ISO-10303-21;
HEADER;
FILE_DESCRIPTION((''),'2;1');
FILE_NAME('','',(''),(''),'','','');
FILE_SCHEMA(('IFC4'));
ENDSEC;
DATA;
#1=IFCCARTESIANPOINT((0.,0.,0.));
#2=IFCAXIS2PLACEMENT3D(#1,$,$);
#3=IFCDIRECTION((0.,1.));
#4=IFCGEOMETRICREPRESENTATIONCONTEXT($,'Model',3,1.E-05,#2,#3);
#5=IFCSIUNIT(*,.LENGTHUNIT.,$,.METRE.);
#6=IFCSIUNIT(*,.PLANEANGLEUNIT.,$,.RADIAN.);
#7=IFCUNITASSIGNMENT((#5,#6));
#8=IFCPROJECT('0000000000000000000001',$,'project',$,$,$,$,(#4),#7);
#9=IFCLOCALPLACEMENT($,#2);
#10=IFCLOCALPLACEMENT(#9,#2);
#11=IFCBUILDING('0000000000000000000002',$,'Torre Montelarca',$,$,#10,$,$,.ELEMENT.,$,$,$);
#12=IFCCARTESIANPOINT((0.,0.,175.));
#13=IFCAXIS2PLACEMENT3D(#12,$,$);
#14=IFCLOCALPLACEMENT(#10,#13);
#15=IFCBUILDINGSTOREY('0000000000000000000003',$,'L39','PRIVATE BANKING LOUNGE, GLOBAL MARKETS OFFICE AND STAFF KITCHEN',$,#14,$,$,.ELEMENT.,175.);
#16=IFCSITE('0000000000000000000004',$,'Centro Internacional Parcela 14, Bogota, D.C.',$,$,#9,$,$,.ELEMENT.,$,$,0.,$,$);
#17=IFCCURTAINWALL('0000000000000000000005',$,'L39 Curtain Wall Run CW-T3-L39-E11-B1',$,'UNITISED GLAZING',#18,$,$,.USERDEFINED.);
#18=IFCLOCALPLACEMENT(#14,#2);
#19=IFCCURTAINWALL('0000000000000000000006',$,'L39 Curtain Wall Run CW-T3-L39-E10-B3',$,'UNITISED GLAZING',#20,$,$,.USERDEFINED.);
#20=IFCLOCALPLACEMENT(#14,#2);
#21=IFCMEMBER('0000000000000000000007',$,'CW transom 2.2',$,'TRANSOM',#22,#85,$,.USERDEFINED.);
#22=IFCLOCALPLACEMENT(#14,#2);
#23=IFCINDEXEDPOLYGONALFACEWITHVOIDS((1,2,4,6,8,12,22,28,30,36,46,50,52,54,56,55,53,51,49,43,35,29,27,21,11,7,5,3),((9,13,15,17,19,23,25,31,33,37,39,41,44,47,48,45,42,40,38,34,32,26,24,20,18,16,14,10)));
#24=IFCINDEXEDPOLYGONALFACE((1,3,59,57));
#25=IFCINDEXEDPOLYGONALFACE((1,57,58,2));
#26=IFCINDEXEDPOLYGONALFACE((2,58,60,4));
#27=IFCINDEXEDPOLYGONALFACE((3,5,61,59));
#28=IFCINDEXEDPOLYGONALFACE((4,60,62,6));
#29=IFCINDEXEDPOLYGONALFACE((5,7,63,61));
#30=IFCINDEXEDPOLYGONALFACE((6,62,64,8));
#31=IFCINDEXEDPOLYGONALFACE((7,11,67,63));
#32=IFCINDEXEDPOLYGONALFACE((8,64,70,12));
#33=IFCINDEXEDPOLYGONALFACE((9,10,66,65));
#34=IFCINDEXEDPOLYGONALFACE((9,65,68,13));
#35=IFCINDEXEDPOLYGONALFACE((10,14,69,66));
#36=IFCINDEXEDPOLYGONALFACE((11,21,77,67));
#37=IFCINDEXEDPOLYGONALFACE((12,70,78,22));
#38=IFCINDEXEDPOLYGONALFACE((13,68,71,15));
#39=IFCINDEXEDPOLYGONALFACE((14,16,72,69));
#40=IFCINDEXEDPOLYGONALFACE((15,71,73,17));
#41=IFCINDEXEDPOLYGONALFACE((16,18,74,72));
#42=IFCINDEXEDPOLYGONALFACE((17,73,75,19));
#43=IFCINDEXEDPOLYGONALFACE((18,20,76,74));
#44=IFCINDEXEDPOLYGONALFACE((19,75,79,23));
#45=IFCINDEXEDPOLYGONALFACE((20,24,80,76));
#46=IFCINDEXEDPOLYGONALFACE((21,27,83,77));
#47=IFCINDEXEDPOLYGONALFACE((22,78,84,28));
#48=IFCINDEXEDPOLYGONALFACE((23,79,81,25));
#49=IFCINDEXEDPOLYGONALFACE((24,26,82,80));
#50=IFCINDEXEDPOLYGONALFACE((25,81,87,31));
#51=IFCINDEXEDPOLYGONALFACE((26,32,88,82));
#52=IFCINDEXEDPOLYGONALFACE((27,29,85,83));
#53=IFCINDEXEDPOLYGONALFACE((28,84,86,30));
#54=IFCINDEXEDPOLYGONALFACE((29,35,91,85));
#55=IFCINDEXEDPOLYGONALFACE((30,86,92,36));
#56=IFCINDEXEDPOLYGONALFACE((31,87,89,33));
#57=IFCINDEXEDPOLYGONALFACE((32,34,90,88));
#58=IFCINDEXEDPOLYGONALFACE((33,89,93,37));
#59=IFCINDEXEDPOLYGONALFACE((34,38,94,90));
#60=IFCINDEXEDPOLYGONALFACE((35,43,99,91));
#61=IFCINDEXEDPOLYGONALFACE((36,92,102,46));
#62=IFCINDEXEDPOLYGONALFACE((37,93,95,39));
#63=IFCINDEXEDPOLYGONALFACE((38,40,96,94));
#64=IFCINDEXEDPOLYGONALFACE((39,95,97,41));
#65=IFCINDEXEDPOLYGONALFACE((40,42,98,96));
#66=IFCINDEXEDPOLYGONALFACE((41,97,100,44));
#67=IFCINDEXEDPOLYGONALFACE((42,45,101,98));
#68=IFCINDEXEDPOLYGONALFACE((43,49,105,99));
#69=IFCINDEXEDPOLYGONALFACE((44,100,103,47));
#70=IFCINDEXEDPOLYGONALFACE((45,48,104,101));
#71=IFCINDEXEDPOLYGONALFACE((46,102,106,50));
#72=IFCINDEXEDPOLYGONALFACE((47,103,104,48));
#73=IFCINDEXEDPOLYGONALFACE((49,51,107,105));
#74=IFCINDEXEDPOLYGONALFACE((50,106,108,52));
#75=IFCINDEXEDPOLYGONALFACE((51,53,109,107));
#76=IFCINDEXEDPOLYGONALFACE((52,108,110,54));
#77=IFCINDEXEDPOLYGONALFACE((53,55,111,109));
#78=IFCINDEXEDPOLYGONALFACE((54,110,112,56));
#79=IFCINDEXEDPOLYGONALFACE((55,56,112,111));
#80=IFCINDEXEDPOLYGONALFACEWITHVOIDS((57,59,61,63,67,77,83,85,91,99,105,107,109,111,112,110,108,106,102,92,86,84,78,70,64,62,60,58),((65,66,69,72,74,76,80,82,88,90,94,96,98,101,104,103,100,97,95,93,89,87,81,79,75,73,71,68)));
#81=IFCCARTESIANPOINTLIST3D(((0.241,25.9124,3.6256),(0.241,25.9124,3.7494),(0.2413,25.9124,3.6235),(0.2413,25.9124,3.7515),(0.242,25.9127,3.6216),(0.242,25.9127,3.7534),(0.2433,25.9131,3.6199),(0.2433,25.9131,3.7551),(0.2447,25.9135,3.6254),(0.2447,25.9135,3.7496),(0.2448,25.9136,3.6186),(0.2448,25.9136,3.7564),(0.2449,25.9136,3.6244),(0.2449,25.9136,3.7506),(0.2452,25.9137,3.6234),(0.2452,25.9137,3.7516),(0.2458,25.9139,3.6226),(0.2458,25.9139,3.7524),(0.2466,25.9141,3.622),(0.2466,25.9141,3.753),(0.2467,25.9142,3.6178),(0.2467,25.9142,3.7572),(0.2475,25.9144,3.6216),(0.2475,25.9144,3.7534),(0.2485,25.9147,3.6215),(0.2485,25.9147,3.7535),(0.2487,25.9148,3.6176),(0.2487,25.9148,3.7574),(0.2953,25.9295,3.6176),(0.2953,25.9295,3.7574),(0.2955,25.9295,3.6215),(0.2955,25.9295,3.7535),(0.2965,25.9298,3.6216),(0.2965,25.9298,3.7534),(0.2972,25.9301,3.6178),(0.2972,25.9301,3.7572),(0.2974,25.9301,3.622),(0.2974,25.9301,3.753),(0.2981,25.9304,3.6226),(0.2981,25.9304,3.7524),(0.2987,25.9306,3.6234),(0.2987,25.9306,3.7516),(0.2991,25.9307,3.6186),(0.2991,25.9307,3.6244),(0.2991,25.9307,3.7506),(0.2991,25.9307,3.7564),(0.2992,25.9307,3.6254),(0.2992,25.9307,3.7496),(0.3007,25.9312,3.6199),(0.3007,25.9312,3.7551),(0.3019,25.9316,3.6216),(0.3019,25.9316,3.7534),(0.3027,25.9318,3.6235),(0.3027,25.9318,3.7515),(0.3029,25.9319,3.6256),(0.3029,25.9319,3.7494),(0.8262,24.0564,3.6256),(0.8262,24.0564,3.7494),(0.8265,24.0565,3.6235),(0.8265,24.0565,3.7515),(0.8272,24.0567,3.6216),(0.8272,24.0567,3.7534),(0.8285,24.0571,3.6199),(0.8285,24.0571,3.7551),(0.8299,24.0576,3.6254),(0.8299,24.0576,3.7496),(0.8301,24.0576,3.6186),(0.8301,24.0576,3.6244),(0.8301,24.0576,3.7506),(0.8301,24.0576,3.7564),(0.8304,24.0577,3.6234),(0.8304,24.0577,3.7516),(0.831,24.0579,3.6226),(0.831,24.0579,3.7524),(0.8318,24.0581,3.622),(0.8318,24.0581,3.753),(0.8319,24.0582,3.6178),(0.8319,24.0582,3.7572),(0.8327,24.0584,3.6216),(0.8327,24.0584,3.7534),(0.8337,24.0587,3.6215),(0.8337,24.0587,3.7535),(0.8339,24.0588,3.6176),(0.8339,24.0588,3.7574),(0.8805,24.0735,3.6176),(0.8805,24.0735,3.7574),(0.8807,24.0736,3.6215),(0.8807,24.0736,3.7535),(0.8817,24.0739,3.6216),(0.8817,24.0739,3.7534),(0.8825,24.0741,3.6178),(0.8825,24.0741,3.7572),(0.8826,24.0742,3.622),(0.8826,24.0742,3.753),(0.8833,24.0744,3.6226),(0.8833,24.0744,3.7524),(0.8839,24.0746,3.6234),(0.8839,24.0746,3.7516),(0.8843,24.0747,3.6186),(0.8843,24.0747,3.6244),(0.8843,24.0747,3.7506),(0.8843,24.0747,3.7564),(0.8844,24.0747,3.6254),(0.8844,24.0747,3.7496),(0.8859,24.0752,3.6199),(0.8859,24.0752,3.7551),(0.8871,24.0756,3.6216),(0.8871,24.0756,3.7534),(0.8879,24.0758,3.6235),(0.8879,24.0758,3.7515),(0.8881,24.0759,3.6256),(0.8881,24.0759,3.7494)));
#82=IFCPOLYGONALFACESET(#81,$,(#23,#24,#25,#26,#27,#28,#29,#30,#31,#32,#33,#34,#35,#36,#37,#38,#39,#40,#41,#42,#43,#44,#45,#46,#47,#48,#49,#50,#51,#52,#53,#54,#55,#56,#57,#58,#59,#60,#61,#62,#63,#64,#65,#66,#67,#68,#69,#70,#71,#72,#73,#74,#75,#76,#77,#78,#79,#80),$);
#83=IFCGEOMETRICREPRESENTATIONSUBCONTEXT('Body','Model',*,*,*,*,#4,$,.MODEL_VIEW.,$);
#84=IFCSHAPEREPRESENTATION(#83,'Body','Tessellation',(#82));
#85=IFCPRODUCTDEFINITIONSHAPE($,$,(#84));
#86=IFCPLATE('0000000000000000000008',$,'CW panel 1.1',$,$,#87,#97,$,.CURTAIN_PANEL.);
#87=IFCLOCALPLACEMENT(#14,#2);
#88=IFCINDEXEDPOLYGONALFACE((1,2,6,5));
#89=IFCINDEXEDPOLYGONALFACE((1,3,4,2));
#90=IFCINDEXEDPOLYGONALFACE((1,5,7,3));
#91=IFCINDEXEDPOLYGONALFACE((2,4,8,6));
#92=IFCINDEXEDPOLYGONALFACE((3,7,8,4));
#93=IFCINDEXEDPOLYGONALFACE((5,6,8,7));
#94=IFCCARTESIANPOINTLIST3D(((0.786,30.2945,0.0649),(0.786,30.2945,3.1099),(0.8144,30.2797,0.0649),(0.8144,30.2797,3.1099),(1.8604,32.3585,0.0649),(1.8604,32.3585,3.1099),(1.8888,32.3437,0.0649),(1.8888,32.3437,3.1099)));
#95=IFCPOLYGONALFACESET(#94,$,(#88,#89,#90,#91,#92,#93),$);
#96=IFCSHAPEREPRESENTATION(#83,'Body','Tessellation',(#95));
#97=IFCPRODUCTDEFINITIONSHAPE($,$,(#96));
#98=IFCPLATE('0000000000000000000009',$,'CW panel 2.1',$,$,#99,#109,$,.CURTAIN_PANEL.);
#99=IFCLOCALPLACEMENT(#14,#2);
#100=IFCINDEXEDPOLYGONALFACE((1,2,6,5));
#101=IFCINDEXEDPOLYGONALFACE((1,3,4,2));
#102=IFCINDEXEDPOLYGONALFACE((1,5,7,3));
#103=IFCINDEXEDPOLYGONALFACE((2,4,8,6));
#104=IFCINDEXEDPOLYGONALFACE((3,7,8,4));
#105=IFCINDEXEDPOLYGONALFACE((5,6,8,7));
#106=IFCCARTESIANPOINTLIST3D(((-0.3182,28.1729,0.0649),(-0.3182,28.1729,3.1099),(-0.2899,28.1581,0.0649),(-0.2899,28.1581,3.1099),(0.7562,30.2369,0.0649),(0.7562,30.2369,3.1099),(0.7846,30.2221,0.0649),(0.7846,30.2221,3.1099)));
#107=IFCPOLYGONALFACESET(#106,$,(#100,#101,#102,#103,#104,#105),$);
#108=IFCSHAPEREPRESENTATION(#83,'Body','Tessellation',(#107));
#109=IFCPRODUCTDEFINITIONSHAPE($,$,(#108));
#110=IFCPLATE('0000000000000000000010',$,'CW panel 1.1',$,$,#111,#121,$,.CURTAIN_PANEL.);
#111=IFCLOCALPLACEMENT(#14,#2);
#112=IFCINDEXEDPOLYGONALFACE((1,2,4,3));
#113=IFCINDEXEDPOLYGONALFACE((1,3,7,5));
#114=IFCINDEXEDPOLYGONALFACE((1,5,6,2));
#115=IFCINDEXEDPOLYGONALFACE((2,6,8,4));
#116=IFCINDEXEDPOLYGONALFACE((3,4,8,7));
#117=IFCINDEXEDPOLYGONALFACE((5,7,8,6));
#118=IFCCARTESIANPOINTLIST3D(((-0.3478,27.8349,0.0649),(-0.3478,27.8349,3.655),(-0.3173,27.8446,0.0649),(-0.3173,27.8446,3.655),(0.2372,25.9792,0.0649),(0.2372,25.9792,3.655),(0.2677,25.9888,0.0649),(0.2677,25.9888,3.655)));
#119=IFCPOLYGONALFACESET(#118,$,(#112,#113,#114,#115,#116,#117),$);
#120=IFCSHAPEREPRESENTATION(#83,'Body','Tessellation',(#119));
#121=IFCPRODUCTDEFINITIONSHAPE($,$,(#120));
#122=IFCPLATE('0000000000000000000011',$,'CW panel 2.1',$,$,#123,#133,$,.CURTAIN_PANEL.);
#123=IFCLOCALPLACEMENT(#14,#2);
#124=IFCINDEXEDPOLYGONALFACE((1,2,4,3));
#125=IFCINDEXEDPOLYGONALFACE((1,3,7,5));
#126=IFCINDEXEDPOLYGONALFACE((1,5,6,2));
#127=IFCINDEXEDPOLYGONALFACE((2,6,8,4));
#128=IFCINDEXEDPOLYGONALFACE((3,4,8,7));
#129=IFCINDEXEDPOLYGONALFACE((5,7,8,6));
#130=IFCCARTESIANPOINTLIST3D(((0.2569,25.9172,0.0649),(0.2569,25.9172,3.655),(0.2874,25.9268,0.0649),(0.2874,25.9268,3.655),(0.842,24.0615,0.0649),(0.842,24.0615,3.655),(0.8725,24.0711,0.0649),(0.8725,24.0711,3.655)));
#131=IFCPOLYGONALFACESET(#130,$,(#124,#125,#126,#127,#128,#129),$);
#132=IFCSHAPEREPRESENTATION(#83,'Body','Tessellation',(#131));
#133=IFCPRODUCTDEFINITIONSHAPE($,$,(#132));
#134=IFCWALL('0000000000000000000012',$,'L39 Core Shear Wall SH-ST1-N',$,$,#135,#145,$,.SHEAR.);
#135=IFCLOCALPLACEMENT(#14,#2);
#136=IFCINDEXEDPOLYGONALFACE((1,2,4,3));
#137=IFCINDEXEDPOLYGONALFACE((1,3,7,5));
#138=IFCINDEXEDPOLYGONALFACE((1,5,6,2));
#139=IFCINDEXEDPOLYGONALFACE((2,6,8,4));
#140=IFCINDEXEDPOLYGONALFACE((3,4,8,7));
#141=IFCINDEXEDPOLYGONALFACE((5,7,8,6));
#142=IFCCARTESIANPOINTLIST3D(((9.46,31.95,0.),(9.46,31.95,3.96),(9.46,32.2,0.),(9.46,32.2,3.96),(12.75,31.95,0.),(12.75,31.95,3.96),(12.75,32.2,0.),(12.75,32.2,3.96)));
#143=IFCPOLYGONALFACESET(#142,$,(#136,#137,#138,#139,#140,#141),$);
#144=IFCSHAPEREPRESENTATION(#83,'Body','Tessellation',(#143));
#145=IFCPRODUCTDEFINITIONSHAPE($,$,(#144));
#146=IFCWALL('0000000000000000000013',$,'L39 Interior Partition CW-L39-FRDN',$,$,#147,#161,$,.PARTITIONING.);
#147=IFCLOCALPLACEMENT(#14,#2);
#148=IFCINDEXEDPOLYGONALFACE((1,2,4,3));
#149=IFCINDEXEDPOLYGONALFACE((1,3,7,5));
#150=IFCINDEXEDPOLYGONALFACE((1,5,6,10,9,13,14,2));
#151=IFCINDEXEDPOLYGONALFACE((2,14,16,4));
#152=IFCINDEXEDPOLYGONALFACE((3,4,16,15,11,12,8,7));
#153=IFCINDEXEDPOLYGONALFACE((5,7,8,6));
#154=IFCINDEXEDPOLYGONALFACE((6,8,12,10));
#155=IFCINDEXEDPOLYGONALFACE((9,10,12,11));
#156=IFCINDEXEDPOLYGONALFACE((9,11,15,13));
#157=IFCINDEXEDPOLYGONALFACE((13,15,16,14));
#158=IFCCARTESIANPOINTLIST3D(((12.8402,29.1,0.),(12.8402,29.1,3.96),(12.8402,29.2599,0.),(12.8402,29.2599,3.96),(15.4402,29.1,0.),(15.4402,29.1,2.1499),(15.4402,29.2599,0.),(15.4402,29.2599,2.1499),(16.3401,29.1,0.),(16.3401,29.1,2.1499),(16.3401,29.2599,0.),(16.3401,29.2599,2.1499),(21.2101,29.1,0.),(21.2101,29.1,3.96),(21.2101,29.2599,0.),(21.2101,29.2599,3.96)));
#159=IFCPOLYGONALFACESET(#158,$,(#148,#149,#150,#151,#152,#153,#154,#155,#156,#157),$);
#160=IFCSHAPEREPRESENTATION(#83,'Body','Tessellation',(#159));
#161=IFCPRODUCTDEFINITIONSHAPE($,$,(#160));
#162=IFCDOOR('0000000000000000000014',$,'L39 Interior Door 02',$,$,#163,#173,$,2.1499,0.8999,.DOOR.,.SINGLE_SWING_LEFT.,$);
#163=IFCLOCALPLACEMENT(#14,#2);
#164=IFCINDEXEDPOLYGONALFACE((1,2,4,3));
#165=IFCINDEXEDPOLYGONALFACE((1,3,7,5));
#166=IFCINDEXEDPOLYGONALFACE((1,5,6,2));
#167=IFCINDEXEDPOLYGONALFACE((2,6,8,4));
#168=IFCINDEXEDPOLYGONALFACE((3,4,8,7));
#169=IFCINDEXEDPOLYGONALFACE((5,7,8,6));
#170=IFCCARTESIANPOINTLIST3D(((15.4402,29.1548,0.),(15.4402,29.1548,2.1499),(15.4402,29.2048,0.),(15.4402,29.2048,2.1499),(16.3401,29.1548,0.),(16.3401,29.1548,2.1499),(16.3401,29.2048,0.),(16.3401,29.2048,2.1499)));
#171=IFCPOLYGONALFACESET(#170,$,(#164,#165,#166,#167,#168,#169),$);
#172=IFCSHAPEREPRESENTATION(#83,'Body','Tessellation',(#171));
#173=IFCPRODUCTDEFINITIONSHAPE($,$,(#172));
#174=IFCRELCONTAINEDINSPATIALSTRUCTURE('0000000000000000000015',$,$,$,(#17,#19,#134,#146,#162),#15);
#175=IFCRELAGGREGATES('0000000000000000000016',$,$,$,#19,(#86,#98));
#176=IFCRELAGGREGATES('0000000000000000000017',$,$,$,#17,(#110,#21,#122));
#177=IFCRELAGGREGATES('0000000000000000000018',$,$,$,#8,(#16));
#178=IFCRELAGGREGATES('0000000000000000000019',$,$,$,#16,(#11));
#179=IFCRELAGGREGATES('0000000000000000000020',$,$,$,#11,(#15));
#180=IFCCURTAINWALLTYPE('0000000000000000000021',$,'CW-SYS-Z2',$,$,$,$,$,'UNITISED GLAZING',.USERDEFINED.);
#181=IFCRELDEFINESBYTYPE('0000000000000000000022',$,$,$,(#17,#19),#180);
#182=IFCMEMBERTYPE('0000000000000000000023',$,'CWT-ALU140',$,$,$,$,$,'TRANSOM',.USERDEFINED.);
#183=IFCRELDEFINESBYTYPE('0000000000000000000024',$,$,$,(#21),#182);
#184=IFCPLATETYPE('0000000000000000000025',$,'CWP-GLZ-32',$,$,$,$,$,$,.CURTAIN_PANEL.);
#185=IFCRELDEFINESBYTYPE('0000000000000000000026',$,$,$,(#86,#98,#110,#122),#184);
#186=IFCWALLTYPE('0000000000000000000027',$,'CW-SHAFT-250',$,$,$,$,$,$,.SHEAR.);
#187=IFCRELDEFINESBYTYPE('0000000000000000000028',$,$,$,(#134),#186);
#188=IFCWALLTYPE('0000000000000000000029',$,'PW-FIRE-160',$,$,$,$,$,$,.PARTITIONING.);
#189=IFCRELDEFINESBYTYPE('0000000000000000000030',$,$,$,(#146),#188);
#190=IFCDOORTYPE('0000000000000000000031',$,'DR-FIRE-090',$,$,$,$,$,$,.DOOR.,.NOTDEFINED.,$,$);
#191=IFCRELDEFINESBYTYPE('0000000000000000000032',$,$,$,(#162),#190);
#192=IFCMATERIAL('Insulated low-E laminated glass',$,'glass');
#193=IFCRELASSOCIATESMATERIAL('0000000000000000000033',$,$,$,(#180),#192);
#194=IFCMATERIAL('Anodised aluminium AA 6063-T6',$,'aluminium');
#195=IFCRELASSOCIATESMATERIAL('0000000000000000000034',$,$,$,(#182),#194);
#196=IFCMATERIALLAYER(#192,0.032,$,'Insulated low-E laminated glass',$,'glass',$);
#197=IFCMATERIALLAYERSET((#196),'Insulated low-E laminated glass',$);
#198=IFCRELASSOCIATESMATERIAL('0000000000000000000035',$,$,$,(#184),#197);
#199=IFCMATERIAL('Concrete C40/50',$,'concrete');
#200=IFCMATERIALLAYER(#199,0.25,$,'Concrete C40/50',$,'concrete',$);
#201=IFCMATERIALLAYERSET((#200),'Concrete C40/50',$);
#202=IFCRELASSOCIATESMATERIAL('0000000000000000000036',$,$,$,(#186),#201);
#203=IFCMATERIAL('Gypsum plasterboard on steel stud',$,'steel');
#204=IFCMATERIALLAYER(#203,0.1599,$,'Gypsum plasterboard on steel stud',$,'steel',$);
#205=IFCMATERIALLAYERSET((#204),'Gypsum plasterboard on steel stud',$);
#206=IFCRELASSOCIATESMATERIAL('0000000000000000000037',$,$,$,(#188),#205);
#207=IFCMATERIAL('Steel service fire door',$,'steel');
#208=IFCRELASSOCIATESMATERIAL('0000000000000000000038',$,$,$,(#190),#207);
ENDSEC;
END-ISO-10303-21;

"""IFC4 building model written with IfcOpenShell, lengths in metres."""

from ifc_helpers import new_model, si_unit, direction, frame, frame_2d, origin, origin_2d, place, context, subcontext, project, spatial, rectangle, hollow_rectangle, extrude, source, transform, mapped, material, layer, layer_set, material_profile, profile_set, type_object, element, fill, aggregate, save


model = new_model("IFC4")

# Units and contexts
model_context = context("Model", 3, precision=1e-05, world=origin(), true_north=direction((0.0, 1.0)))
body_context = subcontext(model_context, "Body", "Model", "MODEL_VIEW")
ifc_project = project(units=[si_unit("LENGTHUNIT", "METRE"), si_unit("PLANEANGLEUNIT", "RADIAN")], contexts=[model_context])

# Site, building, storey
site_placement = place(None, origin())
site = spatial("IfcSite", under=ifc_project, at=site_placement, Name="Centro Internacional Parcela 14, Bogota, D.C.", CompositionType="ELEMENT", RefElevation=0.0)
building_placement = place(site_placement, origin())
building = spatial("IfcBuilding", under=site, at=building_placement, Name="Torre Montelarca", CompositionType="ELEMENT")
storey_placement = place(building_placement, frame((0.0, 0.0, 175.0)))
storey = spatial("IfcBuildingStorey", under=building, at=storey_placement, Name="L39", Description="PRIVATE BANKING LOUNGE, GLOBAL MARKETS OFFICE AND STAFF KITCHEN", CompositionType="ELEMENT", Elevation=175.0)

# Curtain walls
ifc_material_1 = material(Name="Insulated low-E laminated glass", Category="glass")
curtain_wall_type = type_object("IfcCurtainWallType", Name="CW-SYS-Z2", ElementType="UNITISED GLAZING", PredefinedType="USERDEFINED", material=ifc_material_1)
curtain_wall_1_placement = place(storey_placement, origin())
curtain_wall_1 = element("IfcCurtainWall", 1, at=curtain_wall_1_placement, inside=storey, type_object=curtain_wall_type, Name="L39 Curtain Wall Run CW-T3-L39-E11-B1", ObjectType="UNITISED GLAZING", PredefinedType="USERDEFINED")
ifc_material_2 = material(Name="Anodised aluminium AA 6063-T6", Category="aluminium")
curtain_wall_2_placement = place(storey_placement, origin())
curtain_wall_2 = element("IfcCurtainWall", 2, at=curtain_wall_2_placement, inside=storey, type_object=curtain_wall_type, Name="L39 Curtain Wall Run CW-T3-L39-E10-B3", ObjectType="UNITISED GLAZING", PredefinedType="USERDEFINED")
ifc_material_profile_1 = material_profile(ifc_material_2, hollow_rectangle(XDim=0.0649, YDim=0.1399, WallThickness=0.0039, InnerFilletRadius=0.0039, OuterFilletRadius=0.0081, at=origin_2d()), Name="ALU65X140X4", Category="aluminium")
ifc_profile_set_1 = profile_set([ifc_material_profile_1], Name="Anodised aluminium AA 6063-T6")
member_type_1 = type_object("IfcMemberType", Name="CWT-ALU140", ElementType="TRANSOM", PredefinedType="USERDEFINED", material=ifc_profile_set_1)

# Member
shared_shape_1 = source(origin(), body_context, "Body", "SweptSolid", [
    extrude(hollow_rectangle(XDim=0.0649, YDim=0.1399, WallThickness=0.0039, InnerFilletRadius=0.0039, OuterFilletRadius=0.0081, at=origin_2d()), origin(), (0.0, 0.0, 1.0), 1.946),
])
member_1_placement = place(storey_placement, frame((0.272, 25.9221, 3.6875), z_axis=(0.300717, -0.953713, 0.0), x_axis=(0.953713, 0.300717, 0.0)))
member_1 = element("IfcMember", 3, at=member_1_placement, type_object=member_type_1, Name="CW transom 2.2", ObjectType="TRANSOM", PredefinedType="USERDEFINED", context=body_context, shape_type="MappedRepresentation", body=[
    mapped(shared_shape_1, transform((0.0, 0.0, 0.0), scale=1.0)),
])

# Plates
ifc_layer_1 = layer(ifc_material_1, 0.032, Name="Insulated low-E laminated glass", Category="glass")
ifc_layer_set_1 = layer_set([ifc_layer_1], Name="Insulated low-E laminated glass")
plate_type = type_object("IfcPlateType", Name="CWP-GLZ-32", PredefinedType="CURTAIN_PANEL", material=ifc_layer_set_1)
shared_shape_2 = source(origin(), body_context, "Body", "SweptSolid", [
    extrude(rectangle(XDim=2.3269, YDim=0.032, at=origin_2d()), origin(), (0.0, 0.0, 1.0), 3.0449),
])
plate_1_placement = place(storey_placement, frame((1.3374, 31.3191, 0.0649), z_axis=(0.0, 0.0, 1.0), x_axis=(-0.46174, -0.887015, 0.0)))
plate_1 = element("IfcPlate", 4, at=plate_1_placement, type_object=plate_type, Name="CW panel 1.1", PredefinedType="CURTAIN_PANEL", context=body_context, shape_type="MappedRepresentation", body=[
    mapped(shared_shape_2, transform((0.0, 0.0, 0.0), scale=1.0)),
])
plate_2_placement = place(storey_placement, frame((0.2332, 29.1975, 0.0649), z_axis=(0.0, 0.0, 1.0), x_axis=(-0.46174, -0.887015, 0.0)))
plate_2 = element("IfcPlate", 5, at=plate_2_placement, type_object=plate_type, Name="CW panel 2.1", PredefinedType="CURTAIN_PANEL", context=body_context, shape_type="MappedRepresentation", body=[
    mapped(shared_shape_2, transform((0.0, 0.0, 0.0), scale=1.0)),
])
aggregate(curtain_wall_2, [plate_1, plate_2])
shared_shape_3 = source(origin(), body_context, "Body", "SweptSolid", [
    extrude(rectangle(XDim=1.9458, YDim=0.032, at=origin_2d()), origin(), (0.0, 0.0, 1.0), 3.5901),
])
plate_3_placement = place(storey_placement, frame((-0.04, 26.9119, 0.0649), z_axis=(0.0, 0.0, 1.0), x_axis=(0.300682, -0.953725, 0.0)))
plate_3 = element("IfcPlate", 6, at=plate_3_placement, type_object=plate_type, Name="CW panel 1.1", PredefinedType="CURTAIN_PANEL", context=body_context, shape_type="MappedRepresentation", body=[
    mapped(shared_shape_3, transform((0.0, 0.0, 0.0), scale=1.0)),
])
plate_4_placement = place(storey_placement, frame((0.5647, 24.9941, 0.0649), z_axis=(0.0, 0.0, 1.0), x_axis=(0.300682, -0.953725, 0.0)))
plate_4 = element("IfcPlate", 7, at=plate_4_placement, type_object=plate_type, Name="CW panel 2.1", PredefinedType="CURTAIN_PANEL", context=body_context, shape_type="MappedRepresentation", body=[
    mapped(shared_shape_3, transform((0.0, 0.0, 0.0), scale=1.0)),
])
aggregate(curtain_wall_1, [plate_3, member_1, plate_4])

# Wall
ifc_material_3 = material(Name="Concrete C40/50", Category="concrete")
ifc_layer_2 = layer(ifc_material_3, 0.25, Name="Concrete C40/50", Category="concrete")
ifc_layer_set_2 = layer_set([ifc_layer_2], Name="Concrete C40/50")
wall_type_1 = type_object("IfcWallType", Name="CW-SHAFT-250", PredefinedType="SHEAR", material=ifc_layer_set_2)
wall_1_placement = place(storey_placement, frame((9.46, 32.075, 0.0), z_axis=(0.0, 0.0, 1.0), x_axis=(1.0, 0.0, 0.0)))
element("IfcWall", 8, at=wall_1_placement, inside=storey, type_object=wall_type_1, Name="L39 Core Shear Wall SH-ST1-N", PredefinedType="SHEAR", context=body_context, shape_type="SweptSolid", body=[
    extrude(rectangle(XDim=3.29, YDim=0.25, at=frame_2d((1.645, 0.0))), origin(), (0.0, 0.0, 1.0), 3.96),
])

# Wall, opening, door
ifc_material_4 = material(Name="Gypsum plasterboard on steel stud", Category="steel")
ifc_layer_3 = layer(ifc_material_4, 0.1599, Name="Gypsum plasterboard on steel stud", Category="steel")
ifc_layer_set_3 = layer_set([ifc_layer_3], Name="Gypsum plasterboard on steel stud")
wall_type_2 = type_object("IfcWallType", Name="PW-FIRE-160", PredefinedType="PARTITIONING", material=ifc_layer_set_3)
wall_2_placement = place(storey_placement, frame((12.8401, 29.1799, 0.0), z_axis=(0.0, 0.0, 1.0), x_axis=(1.0, 0.0, 0.0)))
wall_2 = element("IfcWall", 9, at=wall_2_placement, inside=storey, type_object=wall_type_2, Name="L39 Interior Partition CW-L39-FRDN", PredefinedType="PARTITIONING", context=body_context, shape_type="SweptSolid", body=[
    extrude(rectangle(XDim=8.3699, YDim=0.1599, at=frame_2d((4.1851, 0.0))), origin(), (0.0, 0.0, 1.0), 3.96),
])
opening_1_placement = place(wall_2_placement, frame((2.6001, 0.0, 0.0)))
opening_1 = element("IfcOpeningElement", 10, at=opening_1_placement, cuts=wall_2, PredefinedType="OPENING", context=body_context, shape_type="SweptSolid", body=[
    extrude(rectangle(XDim=0.8999, YDim=2.1499, at=frame_2d((0.45, 1.075))), frame((0.0, 0.0898, 0.0), z_axis=(0.0, -1.0, 0.0), x_axis=(1.0, 0.0, 0.0)), (0.0, 0.0, 1.0), 0.1799),
])
ifc_material_5 = material(Name="Steel service fire door", Category="steel")
door_type_1 = type_object("IfcDoorType", Name="DR-FIRE-090", OperationType="NOTDEFINED", PredefinedType="DOOR", material=ifc_material_5)
shared_shape_4 = source(origin(), body_context, "Body", "SweptSolid", [
    extrude(rectangle(XDim=0.8999, YDim=2.1499, at=frame_2d((0.45, 1.075))), frame((0.0, 0.0249, 0.0), z_axis=(0.0, -1.0, 0.0), x_axis=(1.0, 0.0, 0.0)), (0.0, 0.0, 1.0), 0.05),
])
door_1_placement = place(opening_1_placement, origin())
door_1 = element("IfcDoor", 11, at=door_1_placement, inside=storey, type_object=door_type_1, Name="L39 Interior Door 02", OperationType="SINGLE_SWING_LEFT", OverallHeight=2.1499, OverallWidth=0.8999, PredefinedType="DOOR", context=body_context, shape_type="MappedRepresentation", body=[
    mapped(shared_shape_4, transform((0.0, 0.0, 0.0), scale=1.0)),
])
fill(opening_1, door_1)

save(model, "model.ifc")
